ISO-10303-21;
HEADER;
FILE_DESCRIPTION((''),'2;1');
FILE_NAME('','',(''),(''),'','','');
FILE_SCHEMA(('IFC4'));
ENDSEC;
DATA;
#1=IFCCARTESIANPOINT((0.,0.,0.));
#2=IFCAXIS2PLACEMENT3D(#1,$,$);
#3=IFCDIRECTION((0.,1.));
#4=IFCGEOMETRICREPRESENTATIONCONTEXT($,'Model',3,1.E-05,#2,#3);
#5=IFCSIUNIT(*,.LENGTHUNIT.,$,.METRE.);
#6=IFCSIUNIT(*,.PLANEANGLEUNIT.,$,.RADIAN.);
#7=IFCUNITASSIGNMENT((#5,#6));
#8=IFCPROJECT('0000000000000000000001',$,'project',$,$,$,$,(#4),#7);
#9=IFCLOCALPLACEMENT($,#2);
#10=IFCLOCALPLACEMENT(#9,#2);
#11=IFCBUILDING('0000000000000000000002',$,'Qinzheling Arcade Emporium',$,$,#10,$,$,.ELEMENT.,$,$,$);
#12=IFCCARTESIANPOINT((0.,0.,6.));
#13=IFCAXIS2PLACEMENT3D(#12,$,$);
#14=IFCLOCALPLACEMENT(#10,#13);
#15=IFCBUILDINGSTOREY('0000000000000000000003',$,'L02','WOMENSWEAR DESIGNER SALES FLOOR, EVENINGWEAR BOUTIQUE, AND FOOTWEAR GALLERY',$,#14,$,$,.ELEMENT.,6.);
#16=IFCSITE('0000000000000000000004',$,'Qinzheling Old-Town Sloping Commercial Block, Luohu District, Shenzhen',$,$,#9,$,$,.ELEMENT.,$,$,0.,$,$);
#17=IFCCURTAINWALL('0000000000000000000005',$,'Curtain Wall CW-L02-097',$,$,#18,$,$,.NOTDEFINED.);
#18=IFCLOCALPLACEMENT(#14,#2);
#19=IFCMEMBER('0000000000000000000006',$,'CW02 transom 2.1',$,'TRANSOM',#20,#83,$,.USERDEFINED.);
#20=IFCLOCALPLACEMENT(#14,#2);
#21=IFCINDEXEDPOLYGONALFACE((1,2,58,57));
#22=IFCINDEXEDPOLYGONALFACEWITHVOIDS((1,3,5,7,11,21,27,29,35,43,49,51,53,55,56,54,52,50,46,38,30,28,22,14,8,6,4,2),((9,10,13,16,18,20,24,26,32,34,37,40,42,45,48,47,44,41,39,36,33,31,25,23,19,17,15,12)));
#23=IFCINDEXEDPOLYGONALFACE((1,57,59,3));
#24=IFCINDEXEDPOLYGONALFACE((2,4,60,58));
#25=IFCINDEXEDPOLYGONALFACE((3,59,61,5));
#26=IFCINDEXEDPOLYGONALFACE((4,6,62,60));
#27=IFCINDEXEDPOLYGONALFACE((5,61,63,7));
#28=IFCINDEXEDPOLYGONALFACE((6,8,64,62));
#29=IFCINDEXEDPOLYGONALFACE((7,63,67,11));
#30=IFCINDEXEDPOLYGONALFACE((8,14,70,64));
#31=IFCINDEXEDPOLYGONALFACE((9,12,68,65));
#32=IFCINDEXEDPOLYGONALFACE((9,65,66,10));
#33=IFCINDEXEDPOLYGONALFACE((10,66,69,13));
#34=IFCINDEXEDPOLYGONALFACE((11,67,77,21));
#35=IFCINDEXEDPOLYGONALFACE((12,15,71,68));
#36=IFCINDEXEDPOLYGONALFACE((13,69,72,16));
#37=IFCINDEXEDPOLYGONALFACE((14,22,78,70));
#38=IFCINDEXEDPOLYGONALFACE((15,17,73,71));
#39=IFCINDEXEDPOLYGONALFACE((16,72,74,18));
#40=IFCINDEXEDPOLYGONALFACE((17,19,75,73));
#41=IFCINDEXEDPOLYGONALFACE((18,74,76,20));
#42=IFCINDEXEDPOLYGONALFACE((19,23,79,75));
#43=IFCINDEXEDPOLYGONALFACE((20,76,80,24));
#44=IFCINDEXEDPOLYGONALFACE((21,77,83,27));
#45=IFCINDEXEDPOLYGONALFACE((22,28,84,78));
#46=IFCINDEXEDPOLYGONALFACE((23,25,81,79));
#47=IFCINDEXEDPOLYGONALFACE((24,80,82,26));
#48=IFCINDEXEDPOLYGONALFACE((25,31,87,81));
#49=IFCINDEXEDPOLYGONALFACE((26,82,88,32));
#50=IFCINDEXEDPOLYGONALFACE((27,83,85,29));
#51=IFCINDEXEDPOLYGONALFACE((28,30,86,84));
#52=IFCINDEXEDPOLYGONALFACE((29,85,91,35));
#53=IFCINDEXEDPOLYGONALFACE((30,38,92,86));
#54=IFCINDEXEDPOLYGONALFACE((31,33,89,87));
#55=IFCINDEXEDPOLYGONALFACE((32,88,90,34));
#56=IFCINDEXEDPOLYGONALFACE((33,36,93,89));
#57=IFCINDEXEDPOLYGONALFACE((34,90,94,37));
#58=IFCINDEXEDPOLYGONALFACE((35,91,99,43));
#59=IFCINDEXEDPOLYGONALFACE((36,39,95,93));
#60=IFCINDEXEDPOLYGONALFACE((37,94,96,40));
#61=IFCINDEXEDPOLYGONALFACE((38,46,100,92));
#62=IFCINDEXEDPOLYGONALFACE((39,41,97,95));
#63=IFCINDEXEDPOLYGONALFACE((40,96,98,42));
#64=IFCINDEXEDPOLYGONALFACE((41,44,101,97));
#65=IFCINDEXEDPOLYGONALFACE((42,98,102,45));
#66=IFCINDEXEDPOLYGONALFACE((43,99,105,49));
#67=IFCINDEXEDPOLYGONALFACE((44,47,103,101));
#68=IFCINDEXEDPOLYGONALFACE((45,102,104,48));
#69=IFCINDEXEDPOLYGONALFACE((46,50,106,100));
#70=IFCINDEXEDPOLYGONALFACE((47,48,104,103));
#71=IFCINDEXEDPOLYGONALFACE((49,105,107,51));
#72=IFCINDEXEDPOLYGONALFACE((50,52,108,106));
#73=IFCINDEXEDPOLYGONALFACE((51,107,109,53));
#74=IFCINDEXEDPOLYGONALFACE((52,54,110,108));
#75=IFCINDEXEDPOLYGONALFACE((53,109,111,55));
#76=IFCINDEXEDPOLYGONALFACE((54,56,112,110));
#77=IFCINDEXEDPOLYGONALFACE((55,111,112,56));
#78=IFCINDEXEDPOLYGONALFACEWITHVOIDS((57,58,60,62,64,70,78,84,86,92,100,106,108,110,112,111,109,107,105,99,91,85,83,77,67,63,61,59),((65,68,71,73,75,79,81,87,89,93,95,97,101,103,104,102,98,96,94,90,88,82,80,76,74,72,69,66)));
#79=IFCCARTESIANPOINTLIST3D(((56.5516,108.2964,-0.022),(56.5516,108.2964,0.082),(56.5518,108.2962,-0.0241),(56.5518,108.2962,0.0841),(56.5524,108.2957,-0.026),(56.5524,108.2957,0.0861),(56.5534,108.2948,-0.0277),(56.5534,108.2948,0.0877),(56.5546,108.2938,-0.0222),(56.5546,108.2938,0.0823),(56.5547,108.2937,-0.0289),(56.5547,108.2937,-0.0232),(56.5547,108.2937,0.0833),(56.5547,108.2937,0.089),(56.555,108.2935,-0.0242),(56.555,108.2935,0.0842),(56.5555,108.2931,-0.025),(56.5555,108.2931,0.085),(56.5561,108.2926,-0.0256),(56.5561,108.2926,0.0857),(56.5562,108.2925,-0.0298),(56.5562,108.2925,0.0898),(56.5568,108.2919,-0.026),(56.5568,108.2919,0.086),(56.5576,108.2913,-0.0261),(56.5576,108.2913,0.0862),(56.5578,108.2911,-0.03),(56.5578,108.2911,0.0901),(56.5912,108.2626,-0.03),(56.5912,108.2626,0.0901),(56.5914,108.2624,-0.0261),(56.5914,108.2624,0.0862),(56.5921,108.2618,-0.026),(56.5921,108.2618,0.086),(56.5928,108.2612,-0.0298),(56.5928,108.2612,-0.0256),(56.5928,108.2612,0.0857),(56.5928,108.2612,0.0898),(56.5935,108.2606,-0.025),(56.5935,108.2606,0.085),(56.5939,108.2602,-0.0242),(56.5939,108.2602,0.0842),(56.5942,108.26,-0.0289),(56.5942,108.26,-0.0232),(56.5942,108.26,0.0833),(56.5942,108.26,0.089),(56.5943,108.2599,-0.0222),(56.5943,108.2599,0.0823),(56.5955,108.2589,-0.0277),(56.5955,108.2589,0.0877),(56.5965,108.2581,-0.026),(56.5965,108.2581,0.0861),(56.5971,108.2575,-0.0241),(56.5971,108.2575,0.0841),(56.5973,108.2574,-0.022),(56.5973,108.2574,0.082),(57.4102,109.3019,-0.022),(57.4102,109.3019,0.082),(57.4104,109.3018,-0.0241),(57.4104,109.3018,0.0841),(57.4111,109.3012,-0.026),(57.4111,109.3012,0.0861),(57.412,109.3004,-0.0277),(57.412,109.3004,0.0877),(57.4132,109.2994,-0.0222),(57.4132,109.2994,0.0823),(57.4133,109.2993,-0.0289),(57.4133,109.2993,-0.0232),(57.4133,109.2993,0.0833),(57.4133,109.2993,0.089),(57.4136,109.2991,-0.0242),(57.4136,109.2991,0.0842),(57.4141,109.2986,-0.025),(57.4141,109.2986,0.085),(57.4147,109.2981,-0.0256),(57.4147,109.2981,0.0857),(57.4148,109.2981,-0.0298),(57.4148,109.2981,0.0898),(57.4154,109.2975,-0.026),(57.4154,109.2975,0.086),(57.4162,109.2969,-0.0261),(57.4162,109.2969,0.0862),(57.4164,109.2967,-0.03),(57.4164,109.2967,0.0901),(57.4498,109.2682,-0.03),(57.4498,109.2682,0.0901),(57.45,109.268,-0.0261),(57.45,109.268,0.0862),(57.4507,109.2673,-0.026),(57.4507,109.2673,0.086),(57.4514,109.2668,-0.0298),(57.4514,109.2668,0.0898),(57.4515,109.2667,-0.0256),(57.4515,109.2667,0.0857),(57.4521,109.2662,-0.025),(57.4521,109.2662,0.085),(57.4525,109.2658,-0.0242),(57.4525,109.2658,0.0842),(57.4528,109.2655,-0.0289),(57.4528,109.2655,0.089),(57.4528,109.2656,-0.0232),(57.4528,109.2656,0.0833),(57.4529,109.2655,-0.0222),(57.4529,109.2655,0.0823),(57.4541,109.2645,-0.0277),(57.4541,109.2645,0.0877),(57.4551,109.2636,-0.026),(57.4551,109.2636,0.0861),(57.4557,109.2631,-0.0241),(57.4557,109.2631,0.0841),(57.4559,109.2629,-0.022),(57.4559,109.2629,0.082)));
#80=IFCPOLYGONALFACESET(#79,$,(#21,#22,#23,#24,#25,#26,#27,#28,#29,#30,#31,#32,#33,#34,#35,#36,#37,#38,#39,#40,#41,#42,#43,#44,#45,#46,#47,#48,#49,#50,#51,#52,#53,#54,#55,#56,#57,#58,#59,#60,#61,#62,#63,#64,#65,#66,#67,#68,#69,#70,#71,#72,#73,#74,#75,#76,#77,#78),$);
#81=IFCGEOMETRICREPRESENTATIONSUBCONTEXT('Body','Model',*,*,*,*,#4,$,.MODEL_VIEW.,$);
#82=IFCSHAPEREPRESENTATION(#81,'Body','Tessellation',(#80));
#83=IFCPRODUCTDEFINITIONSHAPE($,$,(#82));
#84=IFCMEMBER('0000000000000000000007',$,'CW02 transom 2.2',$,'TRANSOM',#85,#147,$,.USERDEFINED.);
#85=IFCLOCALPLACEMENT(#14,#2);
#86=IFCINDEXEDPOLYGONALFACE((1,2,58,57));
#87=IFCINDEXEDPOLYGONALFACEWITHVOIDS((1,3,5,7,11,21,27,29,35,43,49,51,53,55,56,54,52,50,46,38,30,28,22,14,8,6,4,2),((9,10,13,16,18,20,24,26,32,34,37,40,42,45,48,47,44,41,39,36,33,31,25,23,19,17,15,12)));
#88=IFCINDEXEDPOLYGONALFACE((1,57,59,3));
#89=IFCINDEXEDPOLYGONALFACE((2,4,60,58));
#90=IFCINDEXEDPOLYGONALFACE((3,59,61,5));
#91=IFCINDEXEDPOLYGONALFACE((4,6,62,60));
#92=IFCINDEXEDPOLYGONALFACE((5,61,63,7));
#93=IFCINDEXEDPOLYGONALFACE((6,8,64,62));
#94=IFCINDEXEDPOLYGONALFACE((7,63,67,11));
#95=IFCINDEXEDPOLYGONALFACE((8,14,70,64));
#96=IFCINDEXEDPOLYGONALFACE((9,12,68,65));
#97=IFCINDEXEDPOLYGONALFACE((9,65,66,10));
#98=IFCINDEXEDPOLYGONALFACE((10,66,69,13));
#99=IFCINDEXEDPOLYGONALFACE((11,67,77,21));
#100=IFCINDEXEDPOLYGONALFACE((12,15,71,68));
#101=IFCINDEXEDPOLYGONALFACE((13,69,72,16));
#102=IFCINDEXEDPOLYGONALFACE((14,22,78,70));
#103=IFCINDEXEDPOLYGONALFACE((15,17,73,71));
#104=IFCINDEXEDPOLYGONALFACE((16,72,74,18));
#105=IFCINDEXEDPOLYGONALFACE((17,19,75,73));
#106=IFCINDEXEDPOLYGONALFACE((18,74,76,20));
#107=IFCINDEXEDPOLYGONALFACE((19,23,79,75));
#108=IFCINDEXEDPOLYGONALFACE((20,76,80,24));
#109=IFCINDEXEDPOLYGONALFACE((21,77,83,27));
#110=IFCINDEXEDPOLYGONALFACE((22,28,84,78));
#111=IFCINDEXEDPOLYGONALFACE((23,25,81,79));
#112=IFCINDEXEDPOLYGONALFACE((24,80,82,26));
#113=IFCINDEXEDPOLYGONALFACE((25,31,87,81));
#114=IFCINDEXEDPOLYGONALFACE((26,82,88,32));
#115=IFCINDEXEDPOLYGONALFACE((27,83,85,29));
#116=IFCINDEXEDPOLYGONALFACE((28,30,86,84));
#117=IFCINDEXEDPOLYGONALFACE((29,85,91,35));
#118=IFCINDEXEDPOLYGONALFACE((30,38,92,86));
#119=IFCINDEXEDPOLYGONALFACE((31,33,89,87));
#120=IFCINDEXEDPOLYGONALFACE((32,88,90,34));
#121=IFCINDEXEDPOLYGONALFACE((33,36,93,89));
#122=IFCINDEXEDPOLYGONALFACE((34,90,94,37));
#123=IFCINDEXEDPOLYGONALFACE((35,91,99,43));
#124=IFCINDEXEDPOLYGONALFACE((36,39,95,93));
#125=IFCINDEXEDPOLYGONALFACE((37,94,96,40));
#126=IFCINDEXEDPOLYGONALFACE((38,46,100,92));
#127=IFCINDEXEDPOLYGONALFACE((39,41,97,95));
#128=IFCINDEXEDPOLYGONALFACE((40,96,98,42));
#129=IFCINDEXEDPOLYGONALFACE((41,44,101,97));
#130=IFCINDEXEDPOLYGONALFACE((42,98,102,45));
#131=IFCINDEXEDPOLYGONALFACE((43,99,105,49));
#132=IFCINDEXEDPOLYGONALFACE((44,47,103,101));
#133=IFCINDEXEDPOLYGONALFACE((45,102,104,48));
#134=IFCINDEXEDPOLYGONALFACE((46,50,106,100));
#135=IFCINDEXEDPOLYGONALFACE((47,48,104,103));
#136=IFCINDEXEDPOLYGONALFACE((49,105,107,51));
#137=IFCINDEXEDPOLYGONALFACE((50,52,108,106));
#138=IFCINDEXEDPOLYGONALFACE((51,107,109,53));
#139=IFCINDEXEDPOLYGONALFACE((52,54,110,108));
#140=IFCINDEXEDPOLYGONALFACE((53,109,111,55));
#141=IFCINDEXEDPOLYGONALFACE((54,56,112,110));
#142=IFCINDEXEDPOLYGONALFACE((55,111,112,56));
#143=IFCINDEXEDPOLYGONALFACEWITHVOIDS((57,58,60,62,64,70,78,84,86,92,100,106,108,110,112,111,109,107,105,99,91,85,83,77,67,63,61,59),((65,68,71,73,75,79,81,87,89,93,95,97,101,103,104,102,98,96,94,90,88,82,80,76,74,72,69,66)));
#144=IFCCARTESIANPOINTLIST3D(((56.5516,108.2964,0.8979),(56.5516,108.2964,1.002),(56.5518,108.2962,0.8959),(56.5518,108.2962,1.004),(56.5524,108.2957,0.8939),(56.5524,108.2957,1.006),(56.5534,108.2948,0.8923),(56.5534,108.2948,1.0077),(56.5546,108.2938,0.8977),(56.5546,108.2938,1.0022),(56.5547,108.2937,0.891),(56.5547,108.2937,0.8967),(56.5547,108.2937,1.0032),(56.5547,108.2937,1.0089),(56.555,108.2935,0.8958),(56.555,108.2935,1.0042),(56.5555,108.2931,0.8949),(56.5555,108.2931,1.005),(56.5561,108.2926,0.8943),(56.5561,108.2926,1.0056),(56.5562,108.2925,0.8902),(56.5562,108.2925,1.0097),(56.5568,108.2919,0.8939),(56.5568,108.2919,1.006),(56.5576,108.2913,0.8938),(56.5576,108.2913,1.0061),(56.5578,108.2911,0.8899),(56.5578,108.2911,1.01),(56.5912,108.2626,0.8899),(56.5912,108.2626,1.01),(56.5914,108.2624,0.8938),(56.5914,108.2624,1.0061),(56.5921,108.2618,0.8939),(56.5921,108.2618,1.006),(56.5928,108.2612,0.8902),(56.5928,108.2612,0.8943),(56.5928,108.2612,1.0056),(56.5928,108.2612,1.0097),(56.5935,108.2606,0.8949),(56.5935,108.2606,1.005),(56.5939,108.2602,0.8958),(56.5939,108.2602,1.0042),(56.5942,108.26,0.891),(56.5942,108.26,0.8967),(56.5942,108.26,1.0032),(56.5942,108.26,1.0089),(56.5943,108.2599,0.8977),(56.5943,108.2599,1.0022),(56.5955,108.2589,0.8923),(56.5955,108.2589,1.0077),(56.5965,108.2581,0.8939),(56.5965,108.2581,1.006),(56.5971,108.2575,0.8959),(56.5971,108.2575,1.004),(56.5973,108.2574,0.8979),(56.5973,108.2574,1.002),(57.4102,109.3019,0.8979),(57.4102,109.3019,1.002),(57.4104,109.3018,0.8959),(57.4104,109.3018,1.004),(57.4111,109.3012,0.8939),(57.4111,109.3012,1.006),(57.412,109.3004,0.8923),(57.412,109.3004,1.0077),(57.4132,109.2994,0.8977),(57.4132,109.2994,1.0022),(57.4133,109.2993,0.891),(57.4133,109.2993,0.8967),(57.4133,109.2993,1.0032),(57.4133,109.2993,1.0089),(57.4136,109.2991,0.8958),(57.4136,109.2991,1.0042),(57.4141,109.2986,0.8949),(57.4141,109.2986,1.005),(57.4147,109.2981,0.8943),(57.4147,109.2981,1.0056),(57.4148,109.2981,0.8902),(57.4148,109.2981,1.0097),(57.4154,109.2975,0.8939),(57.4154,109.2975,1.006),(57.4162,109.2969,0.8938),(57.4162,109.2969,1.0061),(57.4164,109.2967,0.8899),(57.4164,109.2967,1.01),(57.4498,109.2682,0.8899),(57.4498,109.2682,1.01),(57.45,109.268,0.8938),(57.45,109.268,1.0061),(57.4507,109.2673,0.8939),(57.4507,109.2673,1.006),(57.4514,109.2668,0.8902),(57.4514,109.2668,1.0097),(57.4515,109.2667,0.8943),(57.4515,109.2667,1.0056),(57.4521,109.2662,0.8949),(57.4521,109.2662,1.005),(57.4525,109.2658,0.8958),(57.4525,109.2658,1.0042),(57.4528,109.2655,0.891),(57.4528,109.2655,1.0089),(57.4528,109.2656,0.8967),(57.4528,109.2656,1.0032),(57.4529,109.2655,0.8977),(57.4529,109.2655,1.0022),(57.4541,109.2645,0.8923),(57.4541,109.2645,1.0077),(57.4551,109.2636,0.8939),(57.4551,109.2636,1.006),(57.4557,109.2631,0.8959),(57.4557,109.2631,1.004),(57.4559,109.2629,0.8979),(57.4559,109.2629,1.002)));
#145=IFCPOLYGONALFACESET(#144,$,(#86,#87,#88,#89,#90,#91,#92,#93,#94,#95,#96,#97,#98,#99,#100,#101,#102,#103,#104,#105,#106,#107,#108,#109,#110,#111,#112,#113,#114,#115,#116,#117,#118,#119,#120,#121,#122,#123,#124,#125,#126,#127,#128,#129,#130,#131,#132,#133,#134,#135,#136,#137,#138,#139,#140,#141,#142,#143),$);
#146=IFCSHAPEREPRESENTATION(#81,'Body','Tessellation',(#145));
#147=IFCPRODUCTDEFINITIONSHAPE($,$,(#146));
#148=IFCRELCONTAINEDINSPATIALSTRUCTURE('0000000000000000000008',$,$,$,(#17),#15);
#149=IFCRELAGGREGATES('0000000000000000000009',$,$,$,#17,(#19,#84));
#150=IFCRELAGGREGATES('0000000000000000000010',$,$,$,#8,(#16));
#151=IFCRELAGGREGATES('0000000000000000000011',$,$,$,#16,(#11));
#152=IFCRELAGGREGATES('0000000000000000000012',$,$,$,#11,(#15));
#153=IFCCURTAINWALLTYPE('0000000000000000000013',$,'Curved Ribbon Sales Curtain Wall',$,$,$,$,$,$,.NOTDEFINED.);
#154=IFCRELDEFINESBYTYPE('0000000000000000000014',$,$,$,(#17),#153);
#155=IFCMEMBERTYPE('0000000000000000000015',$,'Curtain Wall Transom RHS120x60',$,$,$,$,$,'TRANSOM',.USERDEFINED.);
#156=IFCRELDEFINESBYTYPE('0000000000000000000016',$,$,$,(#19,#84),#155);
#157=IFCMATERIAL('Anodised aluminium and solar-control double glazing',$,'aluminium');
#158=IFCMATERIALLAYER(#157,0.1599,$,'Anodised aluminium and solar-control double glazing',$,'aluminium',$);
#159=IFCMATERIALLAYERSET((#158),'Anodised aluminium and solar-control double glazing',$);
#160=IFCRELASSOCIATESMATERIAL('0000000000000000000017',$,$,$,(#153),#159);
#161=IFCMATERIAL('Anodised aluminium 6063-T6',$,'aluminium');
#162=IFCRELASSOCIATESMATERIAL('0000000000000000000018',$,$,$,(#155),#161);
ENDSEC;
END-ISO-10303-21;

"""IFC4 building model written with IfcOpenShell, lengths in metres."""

from ifc_helpers import new_model, si_unit, direction, frame, origin, origin_2d, place, context, subcontext, project, spatial, hollow_rectangle, extrude, material, layer, layer_set, material_profile, profile_set, type_object, element, aggregate, save


model = new_model("IFC4")

# Units and contexts
model_context = context("Model", 3, precision=1e-05, world=origin(), true_north=direction((0.0, 1.0)))
body_context = subcontext(model_context, "Body", "Model", "MODEL_VIEW")
ifc_project = project(units=[si_unit("LENGTHUNIT", "METRE"), si_unit("PLANEANGLEUNIT", "RADIAN")], contexts=[model_context])

# Site, building, storey
site_placement = place(None, origin())
site = spatial("IfcSite", under=ifc_project, at=site_placement, Name="Qinzheling Old-Town Sloping Commercial Block, Luohu District, Shenzhen", CompositionType="ELEMENT", RefElevation=0.0)
building_placement = place(site_placement, origin())
building = spatial("IfcBuilding", under=site, at=building_placement, Name="Qinzheling Arcade Emporium", CompositionType="ELEMENT")
storey_placement = place(building_placement, frame((0.0, 0.0, 6.0)))
storey = spatial("IfcBuildingStorey", under=building, at=storey_placement, Name="L02", Description="WOMENSWEAR DESIGNER SALES FLOOR, EVENINGWEAR BOUTIQUE, AND FOOTWEAR GALLERY", CompositionType="ELEMENT", Elevation=6.0)

# Shared definitions
ifc_material_1 = material(Name="Anodised aluminium and solar-control double glazing", Category="aluminium")
ifc_layer_1 = layer(ifc_material_1, 0.1599, Name="Anodised aluminium and solar-control double glazing", Category="aluminium")
ifc_layer_set_1 = layer_set([ifc_layer_1], Name="Anodised aluminium and solar-control double glazing")
curtain_wall_type = type_object("IfcCurtainWallType", Name="Curved Ribbon Sales Curtain Wall", PredefinedType="NOTDEFINED", material=ifc_layer_set_1)
ifc_material_2 = material(Name="Anodised aluminium 6063-T6", Category="aluminium")

# Curtain wall
curtain_wall_1_placement = place(storey_placement, origin())
curtain_wall_1 = element("IfcCurtainWall", 1, at=curtain_wall_1_placement, inside=storey, type_object=curtain_wall_type, Name="Curtain Wall CW-L02-097", PredefinedType="NOTDEFINED")

# Members
ifc_material_profile_1 = material_profile(ifc_material_2, hollow_rectangle(XDim=0.0601, YDim=0.1201, WallThickness=0.0039, InnerFilletRadius=0.0039, OuterFilletRadius=0.0081, at=origin_2d()), Name="RHS 120x60x4", Category="aluminium")
ifc_profile_set_1 = profile_set([ifc_material_profile_1], Name="Anodised aluminium 6063-T6")
member_type_1 = type_object("IfcMemberType", Name="Curtain Wall Transom RHS120x60", ElementType="TRANSOM", PredefinedType="USERDEFINED", material=ifc_profile_set_1)
member_1_placement = place(storey_placement, frame((56.5745, 108.2769, 0.03), z_axis=(0.649346, 0.760493, 0.0), x_axis=(-0.760493, 0.649346, 0.0)))
member_1 = element("IfcMember", 2, at=member_1_placement, type_object=member_type_1, Name="CW02 transom 2.1", ObjectType="TRANSOM", PredefinedType="USERDEFINED", context=body_context, shape_type="SweptSolid", body=[
    extrude(hollow_rectangle(XDim=0.0601, YDim=0.1201, WallThickness=0.0039, InnerFilletRadius=0.0039, OuterFilletRadius=0.0081, at=origin_2d()), origin(), (0.0, 0.0, 1.0), 1.3223),
])
member_2_placement = place(storey_placement, frame((56.5745, 108.2769, 0.95), z_axis=(0.649346, 0.760493, 0.0), x_axis=(-0.760493, 0.649346, 0.0)))
member_2 = element("IfcMember", 3, at=member_2_placement, type_object=member_type_1, Name="CW02 transom 2.2", ObjectType="TRANSOM", PredefinedType="USERDEFINED", context=body_context, shape_type="SweptSolid", body=[
    extrude(hollow_rectangle(XDim=0.0601, YDim=0.1201, WallThickness=0.0039, InnerFilletRadius=0.0039, OuterFilletRadius=0.0081, at=origin_2d()), origin(), (0.0, 0.0, 1.0), 1.3223),
])

aggregate(curtain_wall_1, [member_1, member_2])

save(model, "model.ifc")
